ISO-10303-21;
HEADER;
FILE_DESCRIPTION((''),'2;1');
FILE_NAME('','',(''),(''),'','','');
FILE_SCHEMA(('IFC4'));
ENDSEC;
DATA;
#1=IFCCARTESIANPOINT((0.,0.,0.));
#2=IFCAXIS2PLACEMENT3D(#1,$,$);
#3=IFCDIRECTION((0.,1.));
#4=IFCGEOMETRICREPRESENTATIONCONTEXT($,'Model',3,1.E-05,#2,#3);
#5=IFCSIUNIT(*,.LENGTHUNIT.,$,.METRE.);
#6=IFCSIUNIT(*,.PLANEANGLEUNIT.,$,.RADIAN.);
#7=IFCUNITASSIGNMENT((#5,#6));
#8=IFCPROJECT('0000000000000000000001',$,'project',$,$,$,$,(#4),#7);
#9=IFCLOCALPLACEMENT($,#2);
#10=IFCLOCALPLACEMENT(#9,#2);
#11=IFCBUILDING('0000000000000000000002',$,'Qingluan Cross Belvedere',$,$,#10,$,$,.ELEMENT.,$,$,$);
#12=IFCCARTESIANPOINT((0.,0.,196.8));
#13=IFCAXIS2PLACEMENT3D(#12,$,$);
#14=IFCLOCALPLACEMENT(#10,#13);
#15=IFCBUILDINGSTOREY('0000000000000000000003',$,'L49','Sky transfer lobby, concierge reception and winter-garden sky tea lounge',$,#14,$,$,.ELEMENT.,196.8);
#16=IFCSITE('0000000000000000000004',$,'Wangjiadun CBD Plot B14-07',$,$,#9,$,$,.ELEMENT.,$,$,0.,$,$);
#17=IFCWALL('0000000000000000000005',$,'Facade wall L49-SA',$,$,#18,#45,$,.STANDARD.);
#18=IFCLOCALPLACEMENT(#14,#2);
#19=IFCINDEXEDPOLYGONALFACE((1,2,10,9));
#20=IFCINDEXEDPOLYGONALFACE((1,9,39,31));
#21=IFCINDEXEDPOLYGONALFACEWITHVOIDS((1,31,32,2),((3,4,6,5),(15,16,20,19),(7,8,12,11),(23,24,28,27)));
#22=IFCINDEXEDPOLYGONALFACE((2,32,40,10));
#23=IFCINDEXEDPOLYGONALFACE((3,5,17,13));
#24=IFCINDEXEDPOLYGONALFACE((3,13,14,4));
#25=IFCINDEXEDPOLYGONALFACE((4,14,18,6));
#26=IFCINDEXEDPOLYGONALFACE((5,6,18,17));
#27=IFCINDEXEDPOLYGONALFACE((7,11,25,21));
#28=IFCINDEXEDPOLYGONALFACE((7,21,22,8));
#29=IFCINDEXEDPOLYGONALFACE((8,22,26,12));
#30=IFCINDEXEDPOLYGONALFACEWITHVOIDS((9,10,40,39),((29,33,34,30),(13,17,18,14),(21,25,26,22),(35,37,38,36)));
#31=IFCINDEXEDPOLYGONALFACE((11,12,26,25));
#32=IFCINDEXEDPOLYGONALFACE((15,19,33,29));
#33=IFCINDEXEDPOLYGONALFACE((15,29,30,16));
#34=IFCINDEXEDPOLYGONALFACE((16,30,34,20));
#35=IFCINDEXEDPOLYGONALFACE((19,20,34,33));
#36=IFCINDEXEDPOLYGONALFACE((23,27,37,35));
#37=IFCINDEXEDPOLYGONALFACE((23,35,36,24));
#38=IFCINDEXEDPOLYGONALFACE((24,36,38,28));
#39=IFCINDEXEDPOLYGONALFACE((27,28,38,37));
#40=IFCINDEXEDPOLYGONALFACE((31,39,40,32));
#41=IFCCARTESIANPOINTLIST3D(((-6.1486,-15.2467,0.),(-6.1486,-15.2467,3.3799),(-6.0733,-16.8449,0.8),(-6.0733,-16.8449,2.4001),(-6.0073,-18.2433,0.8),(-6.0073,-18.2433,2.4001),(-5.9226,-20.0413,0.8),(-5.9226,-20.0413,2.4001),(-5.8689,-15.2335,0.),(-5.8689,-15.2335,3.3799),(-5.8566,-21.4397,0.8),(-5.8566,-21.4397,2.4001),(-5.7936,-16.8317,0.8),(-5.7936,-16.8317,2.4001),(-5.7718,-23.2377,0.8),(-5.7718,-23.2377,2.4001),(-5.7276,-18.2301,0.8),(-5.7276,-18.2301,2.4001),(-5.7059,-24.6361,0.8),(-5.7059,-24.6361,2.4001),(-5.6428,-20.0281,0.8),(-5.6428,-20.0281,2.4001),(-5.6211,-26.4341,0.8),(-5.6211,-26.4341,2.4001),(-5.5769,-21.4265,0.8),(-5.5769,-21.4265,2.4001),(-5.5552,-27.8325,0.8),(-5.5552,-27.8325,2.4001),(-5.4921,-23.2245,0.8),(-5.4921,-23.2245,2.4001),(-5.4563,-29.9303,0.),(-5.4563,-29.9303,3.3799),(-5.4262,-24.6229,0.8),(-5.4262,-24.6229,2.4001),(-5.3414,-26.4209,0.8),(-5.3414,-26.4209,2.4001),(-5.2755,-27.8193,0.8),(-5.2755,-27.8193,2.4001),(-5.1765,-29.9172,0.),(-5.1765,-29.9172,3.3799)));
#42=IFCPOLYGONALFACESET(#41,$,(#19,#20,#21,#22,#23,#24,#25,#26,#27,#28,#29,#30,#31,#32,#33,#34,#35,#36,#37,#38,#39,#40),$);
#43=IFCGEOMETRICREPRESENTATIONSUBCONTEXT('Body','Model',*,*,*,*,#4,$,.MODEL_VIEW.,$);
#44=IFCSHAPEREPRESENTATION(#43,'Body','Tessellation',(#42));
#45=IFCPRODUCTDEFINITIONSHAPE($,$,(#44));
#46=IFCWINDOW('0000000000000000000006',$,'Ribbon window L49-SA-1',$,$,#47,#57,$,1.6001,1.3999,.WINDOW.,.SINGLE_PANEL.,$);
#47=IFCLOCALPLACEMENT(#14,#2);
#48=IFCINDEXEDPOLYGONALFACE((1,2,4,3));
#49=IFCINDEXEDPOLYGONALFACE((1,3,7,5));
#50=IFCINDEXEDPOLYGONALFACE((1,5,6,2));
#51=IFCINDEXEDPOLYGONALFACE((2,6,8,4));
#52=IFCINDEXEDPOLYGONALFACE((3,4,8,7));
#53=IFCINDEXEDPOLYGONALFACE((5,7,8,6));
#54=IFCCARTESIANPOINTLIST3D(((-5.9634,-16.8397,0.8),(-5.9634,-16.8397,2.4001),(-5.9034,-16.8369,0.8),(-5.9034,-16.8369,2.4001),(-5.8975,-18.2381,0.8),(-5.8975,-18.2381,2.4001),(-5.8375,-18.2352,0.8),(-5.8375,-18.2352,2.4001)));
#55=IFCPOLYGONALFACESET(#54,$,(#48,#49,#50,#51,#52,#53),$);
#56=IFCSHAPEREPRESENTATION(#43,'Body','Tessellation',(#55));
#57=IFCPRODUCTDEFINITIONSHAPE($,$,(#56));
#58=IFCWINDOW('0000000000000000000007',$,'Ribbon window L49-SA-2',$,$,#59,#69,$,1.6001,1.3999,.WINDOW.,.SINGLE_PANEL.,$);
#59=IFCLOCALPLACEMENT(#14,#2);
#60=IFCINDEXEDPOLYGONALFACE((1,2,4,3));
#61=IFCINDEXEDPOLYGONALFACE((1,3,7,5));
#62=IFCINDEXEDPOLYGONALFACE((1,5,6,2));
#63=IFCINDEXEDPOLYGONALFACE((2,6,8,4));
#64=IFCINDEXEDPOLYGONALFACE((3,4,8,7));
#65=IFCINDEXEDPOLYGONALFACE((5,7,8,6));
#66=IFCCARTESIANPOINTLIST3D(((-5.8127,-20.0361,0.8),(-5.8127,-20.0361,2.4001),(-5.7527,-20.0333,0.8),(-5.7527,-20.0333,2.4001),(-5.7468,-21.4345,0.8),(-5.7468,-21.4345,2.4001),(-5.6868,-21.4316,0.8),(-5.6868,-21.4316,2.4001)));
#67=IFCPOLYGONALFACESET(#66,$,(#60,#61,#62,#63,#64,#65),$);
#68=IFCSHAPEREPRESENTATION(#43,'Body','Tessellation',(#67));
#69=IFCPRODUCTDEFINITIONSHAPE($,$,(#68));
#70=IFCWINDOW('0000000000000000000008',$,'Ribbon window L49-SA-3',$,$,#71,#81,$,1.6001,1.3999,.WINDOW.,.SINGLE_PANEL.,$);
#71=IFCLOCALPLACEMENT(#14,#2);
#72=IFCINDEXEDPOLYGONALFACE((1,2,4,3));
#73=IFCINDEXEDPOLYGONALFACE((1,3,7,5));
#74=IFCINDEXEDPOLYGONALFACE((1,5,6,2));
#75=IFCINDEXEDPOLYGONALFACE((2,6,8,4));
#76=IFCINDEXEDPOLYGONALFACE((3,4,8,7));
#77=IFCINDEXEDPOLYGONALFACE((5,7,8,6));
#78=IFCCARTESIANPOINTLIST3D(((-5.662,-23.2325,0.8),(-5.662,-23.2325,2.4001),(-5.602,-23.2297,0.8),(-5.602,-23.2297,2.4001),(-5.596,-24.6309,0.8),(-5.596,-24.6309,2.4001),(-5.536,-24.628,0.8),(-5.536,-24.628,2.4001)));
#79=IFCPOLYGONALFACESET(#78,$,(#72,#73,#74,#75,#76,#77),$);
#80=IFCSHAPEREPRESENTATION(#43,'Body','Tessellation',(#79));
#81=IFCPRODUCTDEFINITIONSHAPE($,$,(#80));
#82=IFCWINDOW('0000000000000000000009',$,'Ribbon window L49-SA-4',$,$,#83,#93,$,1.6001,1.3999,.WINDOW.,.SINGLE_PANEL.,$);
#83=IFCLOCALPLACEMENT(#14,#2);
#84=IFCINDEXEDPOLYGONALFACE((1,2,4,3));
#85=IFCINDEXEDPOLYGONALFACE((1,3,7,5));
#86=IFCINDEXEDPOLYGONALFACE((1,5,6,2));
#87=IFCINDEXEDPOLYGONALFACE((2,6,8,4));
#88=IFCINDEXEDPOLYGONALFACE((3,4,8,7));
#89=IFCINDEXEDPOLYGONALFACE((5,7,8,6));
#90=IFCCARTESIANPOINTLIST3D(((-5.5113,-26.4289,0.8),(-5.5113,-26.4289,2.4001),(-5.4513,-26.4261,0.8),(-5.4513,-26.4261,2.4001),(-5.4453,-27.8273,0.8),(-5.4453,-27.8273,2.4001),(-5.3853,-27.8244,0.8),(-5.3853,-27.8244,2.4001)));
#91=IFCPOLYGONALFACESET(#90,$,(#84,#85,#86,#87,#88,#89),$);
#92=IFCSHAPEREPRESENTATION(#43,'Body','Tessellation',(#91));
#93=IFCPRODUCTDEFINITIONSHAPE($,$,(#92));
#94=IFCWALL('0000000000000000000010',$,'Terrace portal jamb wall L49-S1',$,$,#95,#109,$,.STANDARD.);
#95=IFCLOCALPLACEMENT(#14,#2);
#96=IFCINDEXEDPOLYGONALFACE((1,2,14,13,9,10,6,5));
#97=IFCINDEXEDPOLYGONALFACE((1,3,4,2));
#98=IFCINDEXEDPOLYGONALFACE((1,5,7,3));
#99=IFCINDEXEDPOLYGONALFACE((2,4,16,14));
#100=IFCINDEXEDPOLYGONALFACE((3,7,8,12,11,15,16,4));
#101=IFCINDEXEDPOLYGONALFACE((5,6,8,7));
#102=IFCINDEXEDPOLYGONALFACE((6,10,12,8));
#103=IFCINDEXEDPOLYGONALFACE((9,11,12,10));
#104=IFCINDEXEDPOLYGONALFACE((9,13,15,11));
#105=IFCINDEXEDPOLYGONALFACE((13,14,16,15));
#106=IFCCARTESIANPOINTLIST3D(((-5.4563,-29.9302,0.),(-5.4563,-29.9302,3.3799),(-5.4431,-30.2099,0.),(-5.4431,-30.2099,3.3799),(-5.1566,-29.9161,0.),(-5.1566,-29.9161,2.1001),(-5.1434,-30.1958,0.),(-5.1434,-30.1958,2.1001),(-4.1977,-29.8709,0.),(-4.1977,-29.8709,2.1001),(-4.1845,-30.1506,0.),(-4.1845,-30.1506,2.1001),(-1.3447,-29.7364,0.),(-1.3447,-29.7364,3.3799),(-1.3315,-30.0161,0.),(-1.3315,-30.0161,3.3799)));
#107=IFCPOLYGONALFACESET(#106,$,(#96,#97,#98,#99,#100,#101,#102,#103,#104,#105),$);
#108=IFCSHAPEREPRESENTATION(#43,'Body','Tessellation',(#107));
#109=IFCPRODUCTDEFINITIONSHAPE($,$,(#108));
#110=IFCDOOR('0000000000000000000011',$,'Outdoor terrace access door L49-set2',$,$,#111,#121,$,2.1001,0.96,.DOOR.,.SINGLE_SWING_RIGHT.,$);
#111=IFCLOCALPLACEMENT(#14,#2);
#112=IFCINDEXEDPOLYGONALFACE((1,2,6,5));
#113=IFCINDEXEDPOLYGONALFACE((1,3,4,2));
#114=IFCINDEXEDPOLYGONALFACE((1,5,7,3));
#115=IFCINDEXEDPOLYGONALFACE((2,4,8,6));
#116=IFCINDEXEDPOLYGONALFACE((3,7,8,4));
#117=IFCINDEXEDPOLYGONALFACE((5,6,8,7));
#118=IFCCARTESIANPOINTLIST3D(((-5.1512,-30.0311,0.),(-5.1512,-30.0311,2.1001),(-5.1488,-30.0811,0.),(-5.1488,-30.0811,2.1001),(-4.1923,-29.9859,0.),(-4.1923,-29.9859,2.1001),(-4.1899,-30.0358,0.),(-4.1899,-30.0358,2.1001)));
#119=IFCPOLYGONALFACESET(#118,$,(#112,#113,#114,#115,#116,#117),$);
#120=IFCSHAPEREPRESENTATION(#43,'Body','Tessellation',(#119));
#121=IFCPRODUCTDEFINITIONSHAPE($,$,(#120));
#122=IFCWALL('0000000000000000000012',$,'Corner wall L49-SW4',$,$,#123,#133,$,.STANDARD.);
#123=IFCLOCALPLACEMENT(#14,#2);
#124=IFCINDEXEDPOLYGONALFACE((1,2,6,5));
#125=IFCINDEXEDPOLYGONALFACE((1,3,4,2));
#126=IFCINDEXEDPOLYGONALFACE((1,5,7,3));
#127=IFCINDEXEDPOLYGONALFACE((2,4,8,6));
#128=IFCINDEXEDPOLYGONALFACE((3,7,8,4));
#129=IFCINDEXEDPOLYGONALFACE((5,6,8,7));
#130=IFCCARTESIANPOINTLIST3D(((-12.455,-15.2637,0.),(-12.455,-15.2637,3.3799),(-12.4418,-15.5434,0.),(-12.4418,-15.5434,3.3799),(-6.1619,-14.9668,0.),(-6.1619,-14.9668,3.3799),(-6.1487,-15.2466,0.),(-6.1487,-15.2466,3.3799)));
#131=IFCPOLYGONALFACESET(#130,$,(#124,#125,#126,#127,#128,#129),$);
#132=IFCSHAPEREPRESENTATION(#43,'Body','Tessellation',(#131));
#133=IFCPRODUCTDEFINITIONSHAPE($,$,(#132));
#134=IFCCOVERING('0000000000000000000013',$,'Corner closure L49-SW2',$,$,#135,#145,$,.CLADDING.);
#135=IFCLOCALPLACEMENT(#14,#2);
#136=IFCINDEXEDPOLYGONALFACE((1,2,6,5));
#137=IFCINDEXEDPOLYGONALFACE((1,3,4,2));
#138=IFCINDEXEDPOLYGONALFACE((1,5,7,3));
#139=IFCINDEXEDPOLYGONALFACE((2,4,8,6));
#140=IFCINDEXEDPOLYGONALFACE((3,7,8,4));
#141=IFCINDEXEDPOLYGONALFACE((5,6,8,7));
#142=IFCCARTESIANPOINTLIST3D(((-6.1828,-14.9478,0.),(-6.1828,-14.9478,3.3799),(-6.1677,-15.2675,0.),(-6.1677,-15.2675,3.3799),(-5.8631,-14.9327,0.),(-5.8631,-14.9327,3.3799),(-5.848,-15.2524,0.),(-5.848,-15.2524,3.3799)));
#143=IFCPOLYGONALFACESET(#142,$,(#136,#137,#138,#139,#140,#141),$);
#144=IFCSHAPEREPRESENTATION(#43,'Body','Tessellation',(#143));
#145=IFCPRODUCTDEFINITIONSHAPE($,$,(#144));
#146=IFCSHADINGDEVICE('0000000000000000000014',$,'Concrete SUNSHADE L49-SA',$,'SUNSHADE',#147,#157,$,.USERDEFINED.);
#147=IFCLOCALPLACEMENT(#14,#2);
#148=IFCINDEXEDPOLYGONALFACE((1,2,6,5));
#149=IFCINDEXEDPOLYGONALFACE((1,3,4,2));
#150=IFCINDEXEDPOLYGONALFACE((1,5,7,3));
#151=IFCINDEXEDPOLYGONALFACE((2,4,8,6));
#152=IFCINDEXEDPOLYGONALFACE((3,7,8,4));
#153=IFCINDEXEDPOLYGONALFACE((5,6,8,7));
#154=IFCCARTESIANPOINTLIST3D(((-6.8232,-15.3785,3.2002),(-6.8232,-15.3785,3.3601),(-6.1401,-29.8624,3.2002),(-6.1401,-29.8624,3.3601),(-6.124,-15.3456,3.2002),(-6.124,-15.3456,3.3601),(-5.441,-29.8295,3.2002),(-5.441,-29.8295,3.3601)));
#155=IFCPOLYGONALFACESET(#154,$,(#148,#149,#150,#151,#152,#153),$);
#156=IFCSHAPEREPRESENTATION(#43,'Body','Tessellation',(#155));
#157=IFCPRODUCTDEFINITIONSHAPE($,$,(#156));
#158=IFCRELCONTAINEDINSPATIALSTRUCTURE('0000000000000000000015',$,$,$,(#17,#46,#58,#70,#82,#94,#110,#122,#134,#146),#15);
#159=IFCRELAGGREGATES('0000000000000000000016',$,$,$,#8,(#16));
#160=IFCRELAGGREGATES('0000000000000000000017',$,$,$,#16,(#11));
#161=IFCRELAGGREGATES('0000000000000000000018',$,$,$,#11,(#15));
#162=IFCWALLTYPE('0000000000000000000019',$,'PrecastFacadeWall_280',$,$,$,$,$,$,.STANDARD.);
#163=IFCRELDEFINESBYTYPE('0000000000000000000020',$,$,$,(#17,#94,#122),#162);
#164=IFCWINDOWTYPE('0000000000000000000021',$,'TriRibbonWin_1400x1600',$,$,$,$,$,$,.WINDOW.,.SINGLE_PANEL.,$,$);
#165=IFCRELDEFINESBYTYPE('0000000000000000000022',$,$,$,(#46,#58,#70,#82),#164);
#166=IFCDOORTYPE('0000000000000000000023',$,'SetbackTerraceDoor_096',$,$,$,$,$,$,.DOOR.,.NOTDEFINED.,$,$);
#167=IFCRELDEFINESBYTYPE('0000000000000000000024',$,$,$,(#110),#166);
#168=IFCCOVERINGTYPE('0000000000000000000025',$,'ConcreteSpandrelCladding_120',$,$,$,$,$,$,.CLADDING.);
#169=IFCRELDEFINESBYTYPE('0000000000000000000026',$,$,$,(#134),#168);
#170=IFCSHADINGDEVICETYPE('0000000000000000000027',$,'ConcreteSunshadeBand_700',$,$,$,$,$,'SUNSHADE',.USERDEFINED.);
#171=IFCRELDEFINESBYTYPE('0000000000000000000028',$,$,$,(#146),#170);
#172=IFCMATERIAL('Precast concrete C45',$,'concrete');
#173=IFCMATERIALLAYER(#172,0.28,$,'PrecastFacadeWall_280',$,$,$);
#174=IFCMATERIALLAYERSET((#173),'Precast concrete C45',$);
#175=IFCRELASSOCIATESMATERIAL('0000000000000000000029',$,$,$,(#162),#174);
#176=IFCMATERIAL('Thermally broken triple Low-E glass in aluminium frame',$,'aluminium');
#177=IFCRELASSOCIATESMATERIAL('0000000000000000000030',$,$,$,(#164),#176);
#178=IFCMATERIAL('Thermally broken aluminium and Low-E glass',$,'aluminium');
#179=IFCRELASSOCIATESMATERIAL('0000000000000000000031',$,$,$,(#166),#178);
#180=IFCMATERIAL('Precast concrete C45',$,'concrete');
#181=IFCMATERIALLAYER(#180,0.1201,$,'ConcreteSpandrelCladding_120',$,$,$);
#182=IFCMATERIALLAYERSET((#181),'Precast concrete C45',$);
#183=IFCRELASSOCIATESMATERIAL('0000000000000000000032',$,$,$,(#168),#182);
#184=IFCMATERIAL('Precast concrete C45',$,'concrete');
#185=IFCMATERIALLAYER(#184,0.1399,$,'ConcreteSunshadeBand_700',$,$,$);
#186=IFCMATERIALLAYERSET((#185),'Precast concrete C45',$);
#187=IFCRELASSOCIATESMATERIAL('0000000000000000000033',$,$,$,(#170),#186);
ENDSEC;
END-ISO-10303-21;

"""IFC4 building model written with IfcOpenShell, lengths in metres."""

from ifc_helpers import new_model, si_unit, direction, frame, frame_2d, origin, origin_2d, place, context, subcontext, project, spatial, rectangle, extrude, material, layer, layer_set, type_object, element, fill, save


model = new_model("IFC4")

# Units and contexts
model_context = context("Model", 3, precision=1e-05, world=origin(), true_north=direction((0.0, 1.0)))
body_context = subcontext(model_context, "Body", "Model", "MODEL_VIEW")
ifc_project = project(units=[si_unit("LENGTHUNIT", "METRE"), si_unit("PLANEANGLEUNIT", "RADIAN")], contexts=[model_context])

# Site, building, storey
site_placement = place(None, origin())
site = spatial("IfcSite", under=ifc_project, at=site_placement, Name="Wangjiadun CBD Plot B14-07", CompositionType="ELEMENT", RefElevation=0.0)
building_placement = place(site_placement, origin())
building = spatial("IfcBuilding", under=site, at=building_placement, Name="Qingluan Cross Belvedere", CompositionType="ELEMENT")
storey_placement = place(building_placement, frame((0.0, 0.0, 196.8)))
storey = spatial("IfcBuildingStorey", under=building, at=storey_placement, Name="L49", Description="Sky transfer lobby, concierge reception and winter-garden sky tea lounge", CompositionType="ELEMENT", Elevation=196.8)

# Wall, openings, windows
ifc_material_1 = material(Name="Precast concrete C45", Category="concrete")
ifc_layer_1 = layer(ifc_material_1, 0.28, Name="PrecastFacadeWall_280")
ifc_layer_set_1 = layer_set([ifc_layer_1], Name="Precast concrete C45")
wall_type_1 = type_object("IfcWallType", Name="PrecastFacadeWall_280", PredefinedType="STANDARD", material=ifc_layer_set_1)
wall_1_placement = place(storey_placement, frame((-6.0088, -15.24, 0.0), z_axis=(0.0, 0.0, 1.0), x_axis=(0.047101, -0.99889, 0.0)))
wall_1 = element("IfcWall", 1, at=wall_1_placement, inside=storey, type_object=wall_type_1, Name="Facade wall L49-SA", PredefinedType="STANDARD", context=body_context, shape_type="SweptSolid", body=[
    extrude(rectangle(XDim=14.7, YDim=0.28, at=frame_2d((7.3501, 0.0))), origin(), (0.0, 0.0, 1.0), 3.3799),
])
opening_1_placement = place(wall_1_placement, frame((1.6001, 0.0, 0.8)))
opening_1 = element("IfcOpeningElement", 2, at=opening_1_placement, cuts=wall_1, PredefinedType="OPENING", context=body_context, shape_type="SweptSolid", body=[
    extrude(rectangle(XDim=1.3999, YDim=1.6001, at=frame_2d((0.7, 0.8))), frame((0.0, 0.1499, 0.0), z_axis=(0.0, -1.0, 0.0), x_axis=(1.0, 0.0, 0.0)), (0.0, 0.0, 1.0), 0.3),
])
opening_2_placement = place(wall_1_placement, frame((4.8, 0.0, 0.8)))
opening_2 = element("IfcOpeningElement", 3, at=opening_2_placement, cuts=wall_1, PredefinedType="OPENING", context=body_context, shape_type="SweptSolid", body=[
    extrude(rectangle(XDim=1.3999, YDim=1.6001, at=frame_2d((0.7, 0.8))), frame((0.0, 0.1499, 0.0), z_axis=(0.0, -1.0, 0.0), x_axis=(1.0, 0.0, 0.0)), (0.0, 0.0, 1.0), 0.3),
])
opening_3_placement = place(wall_1_placement, frame((8.0, 0.0, 0.8)))
opening_3 = element("IfcOpeningElement", 4, at=opening_3_placement, cuts=wall_1, PredefinedType="OPENING", context=body_context, shape_type="SweptSolid", body=[
    extrude(rectangle(XDim=1.3999, YDim=1.6001, at=frame_2d((0.7, 0.8))), frame((0.0, 0.1499, 0.0), z_axis=(0.0, -1.0, 0.0), x_axis=(1.0, 0.0, 0.0)), (0.0, 0.0, 1.0), 0.3),
])
opening_4_placement = place(wall_1_placement, frame((11.2, 0.0, 0.8)))
opening_4 = element("IfcOpeningElement", 5, at=opening_4_placement, cuts=wall_1, PredefinedType="OPENING", context=body_context, shape_type="SweptSolid", body=[
    extrude(rectangle(XDim=1.3999, YDim=1.6001, at=frame_2d((0.7, 0.8))), frame((0.0, 0.1499, 0.0), z_axis=(0.0, -1.0, 0.0), x_axis=(1.0, 0.0, 0.0)), (0.0, 0.0, 1.0), 0.3),
])
ifc_material_2 = material(Name="Thermally broken triple Low-E glass in aluminium frame", Category="aluminium")
window_type = type_object("IfcWindowType", Name="TriRibbonWin_1400x1600", PartitioningType="SINGLE_PANEL", PredefinedType="WINDOW", material=ifc_material_2)
window_1_placement = place(opening_1_placement, origin())
window_1 = element("IfcWindow", 6, at=window_1_placement, inside=storey, type_object=window_type, Name="Ribbon window L49-SA-1", OverallHeight=1.6001, OverallWidth=1.3999, PartitioningType="SINGLE_PANEL", PredefinedType="WINDOW", context=body_context, shape_type="SweptSolid", body=[
    extrude(rectangle(XDim=1.3999, YDim=1.6001, at=frame_2d((0.7, 0.8))), frame((0.0, 0.03, 0.0), z_axis=(0.0, -1.0, 0.0), x_axis=(1.0, 0.0, 0.0)), (0.0, 0.0, 1.0), 0.0601),
])
fill(opening_1, window_1)
window_2_placement = place(opening_2_placement, origin())
window_2 = element("IfcWindow", 7, at=window_2_placement, inside=storey, type_object=window_type, Name="Ribbon window L49-SA-2", OverallHeight=1.6001, OverallWidth=1.3999, PartitioningType="SINGLE_PANEL", PredefinedType="WINDOW", context=body_context, shape_type="SweptSolid", body=[
    extrude(rectangle(XDim=1.3999, YDim=1.6001, at=frame_2d((0.7, 0.8))), frame((0.0, 0.03, 0.0), z_axis=(0.0, -1.0, 0.0), x_axis=(1.0, 0.0, 0.0)), (0.0, 0.0, 1.0), 0.0601),
])
fill(opening_2, window_2)
window_3_placement = place(opening_3_placement, origin())
window_3 = element("IfcWindow", 8, at=window_3_placement, inside=storey, type_object=window_type, Name="Ribbon window L49-SA-3", OverallHeight=1.6001, OverallWidth=1.3999, PartitioningType="SINGLE_PANEL", PredefinedType="WINDOW", context=body_context, shape_type="SweptSolid", body=[
    extrude(rectangle(XDim=1.3999, YDim=1.6001, at=frame_2d((0.7, 0.8))), frame((0.0, 0.03, 0.0), z_axis=(0.0, -1.0, 0.0), x_axis=(1.0, 0.0, 0.0)), (0.0, 0.0, 1.0), 0.0601),
])
fill(opening_3, window_3)
window_4_placement = place(opening_4_placement, origin())
window_4 = element("IfcWindow", 9, at=window_4_placement, inside=storey, type_object=window_type, Name="Ribbon window L49-SA-4", OverallHeight=1.6001, OverallWidth=1.3999, PartitioningType="SINGLE_PANEL", PredefinedType="WINDOW", context=body_context, shape_type="SweptSolid", body=[
    extrude(rectangle(XDim=1.3999, YDim=1.6001, at=frame_2d((0.7, 0.8))), frame((0.0, 0.03, 0.0), z_axis=(0.0, -1.0, 0.0), x_axis=(1.0, 0.0, 0.0)), (0.0, 0.0, 1.0), 0.0601),
])
fill(opening_4, window_4)

# Wall, opening, door
wall_2_placement = place(storey_placement, frame((-5.4497, -30.0701, 0.0), z_axis=(0.0, 0.0, 1.0), x_axis=(0.99889, 0.047095, 0.0)))
wall_2 = element("IfcWall", 10, at=wall_2_placement, inside=storey, type_object=wall_type_1, Name="Terrace portal jamb wall L49-S1", PredefinedType="STANDARD", context=body_context, shape_type="SweptSolid", body=[
    extrude(rectangle(XDim=4.1162, YDim=0.28, at=frame_2d((2.0581, 0.0))), origin(), (0.0, 0.0, 1.0), 3.3799),
])
opening_5_placement = place(wall_2_placement, frame((0.3, 0.0, 0.0)))
opening_5 = element("IfcOpeningElement", 11, at=opening_5_placement, cuts=wall_2, PredefinedType="OPENING", context=body_context, shape_type="SweptSolid", body=[
    extrude(rectangle(XDim=0.96, YDim=2.1001, at=frame_2d((0.48, 1.05))), frame((0.0, 0.1499, 0.0), z_axis=(0.0, -1.0, 0.0), x_axis=(1.0, 0.0, 0.0)), (0.0, 0.0, 1.0), 0.3),
])
ifc_material_3 = material(Name="Thermally broken aluminium and Low-E glass", Category="aluminium")
door_type_1 = type_object("IfcDoorType", Name="SetbackTerraceDoor_096", OperationType="NOTDEFINED", PredefinedType="DOOR", material=ifc_material_3)
door_1_placement = place(opening_5_placement, origin())
door_1 = element("IfcDoor", 12, at=door_1_placement, inside=storey, type_object=door_type_1, Name="Outdoor terrace access door L49-set2", OperationType="SINGLE_SWING_RIGHT", OverallHeight=2.1001, OverallWidth=0.96, PredefinedType="DOOR", context=body_context, shape_type="SweptSolid", body=[
    extrude(rectangle(XDim=0.96, YDim=2.1001, at=frame_2d((0.48, 1.05))), frame((0.0, 0.0249, 0.0), z_axis=(0.0, -1.0, 0.0), x_axis=(1.0, 0.0, 0.0)), (0.0, 0.0, 1.0), 0.05),
])
fill(opening_5, door_1)

# Wall
wall_3_placement = place(storey_placement, frame((-12.4482, -15.4036, 0.0), z_axis=(0.0, 0.0, 1.0), x_axis=(0.998889, 0.047123, 0.0)))
element("IfcWall", 13, at=wall_3_placement, inside=storey, type_object=wall_type_1, Name="Corner wall L49-SW4", PredefinedType="STANDARD", context=body_context, shape_type="SweptSolid", body=[
    extrude(rectangle(XDim=6.3, YDim=0.28, at=frame_2d((3.1499, 0.0))), origin(), (0.0, 0.0, 1.0), 3.3799),
])

# Covering
ifc_material_4 = material(Name="Precast concrete C45", Category="concrete")
ifc_layer_2 = layer(ifc_material_4, 0.1201, Name="ConcreteSpandrelCladding_120")
ifc_layer_set_2 = layer_set([ifc_layer_2], Name="Precast concrete C45")
covering_type_1 = type_object("IfcCoveringType", Name="ConcreteSpandrelCladding_120", PredefinedType="CLADDING", material=ifc_layer_set_2)
covering_1_placement = place(storey_placement, frame((-6.0154, -15.1001, 0.0), z_axis=(0.0, 0.0, 1.0), x_axis=(0.99889, 0.047106, 0.0)))
element("IfcCovering", 14, at=covering_1_placement, inside=storey, type_object=covering_type_1, Name="Corner closure L49-SW2", PredefinedType="CLADDING", context=body_context, shape_type="SweptSolid", body=[
    extrude(rectangle(XDim=0.3201, YDim=0.3201, at=origin_2d()), origin(), (0.0, 0.0, 1.0), 3.3799),
])

# Shading device
ifc_material_5 = material(Name="Precast concrete C45", Category="concrete")
ifc_layer_3 = layer(ifc_material_5, 0.1399, Name="ConcreteSunshadeBand_700")
ifc_layer_set_3 = layer_set([ifc_layer_3], Name="Precast concrete C45")
shading_device_type = type_object("IfcShadingDeviceType", Name="ConcreteSunshadeBand_700", ElementType="SUNSHADE", PredefinedType="USERDEFINED", material=ifc_layer_set_3)
shading_device_placement = place(storey_placement, frame((-6.1321, -22.604, 3.2002), z_axis=(0.0, 0.0, 1.0), x_axis=(0.047109, -0.99889, 0.0)))
element("IfcShadingDevice", 15, at=shading_device_placement, inside=storey, type_object=shading_device_type, Name="Concrete SUNSHADE L49-SA", ObjectType="SUNSHADE", PredefinedType="USERDEFINED", context=body_context, shape_type="SweptSolid", body=[
    extrude(rectangle(XDim=14.5, YDim=0.7, at=origin_2d()), origin(), (0.0, 0.0, 1.0), 0.1599),
])

save(model, "model.ifc")
